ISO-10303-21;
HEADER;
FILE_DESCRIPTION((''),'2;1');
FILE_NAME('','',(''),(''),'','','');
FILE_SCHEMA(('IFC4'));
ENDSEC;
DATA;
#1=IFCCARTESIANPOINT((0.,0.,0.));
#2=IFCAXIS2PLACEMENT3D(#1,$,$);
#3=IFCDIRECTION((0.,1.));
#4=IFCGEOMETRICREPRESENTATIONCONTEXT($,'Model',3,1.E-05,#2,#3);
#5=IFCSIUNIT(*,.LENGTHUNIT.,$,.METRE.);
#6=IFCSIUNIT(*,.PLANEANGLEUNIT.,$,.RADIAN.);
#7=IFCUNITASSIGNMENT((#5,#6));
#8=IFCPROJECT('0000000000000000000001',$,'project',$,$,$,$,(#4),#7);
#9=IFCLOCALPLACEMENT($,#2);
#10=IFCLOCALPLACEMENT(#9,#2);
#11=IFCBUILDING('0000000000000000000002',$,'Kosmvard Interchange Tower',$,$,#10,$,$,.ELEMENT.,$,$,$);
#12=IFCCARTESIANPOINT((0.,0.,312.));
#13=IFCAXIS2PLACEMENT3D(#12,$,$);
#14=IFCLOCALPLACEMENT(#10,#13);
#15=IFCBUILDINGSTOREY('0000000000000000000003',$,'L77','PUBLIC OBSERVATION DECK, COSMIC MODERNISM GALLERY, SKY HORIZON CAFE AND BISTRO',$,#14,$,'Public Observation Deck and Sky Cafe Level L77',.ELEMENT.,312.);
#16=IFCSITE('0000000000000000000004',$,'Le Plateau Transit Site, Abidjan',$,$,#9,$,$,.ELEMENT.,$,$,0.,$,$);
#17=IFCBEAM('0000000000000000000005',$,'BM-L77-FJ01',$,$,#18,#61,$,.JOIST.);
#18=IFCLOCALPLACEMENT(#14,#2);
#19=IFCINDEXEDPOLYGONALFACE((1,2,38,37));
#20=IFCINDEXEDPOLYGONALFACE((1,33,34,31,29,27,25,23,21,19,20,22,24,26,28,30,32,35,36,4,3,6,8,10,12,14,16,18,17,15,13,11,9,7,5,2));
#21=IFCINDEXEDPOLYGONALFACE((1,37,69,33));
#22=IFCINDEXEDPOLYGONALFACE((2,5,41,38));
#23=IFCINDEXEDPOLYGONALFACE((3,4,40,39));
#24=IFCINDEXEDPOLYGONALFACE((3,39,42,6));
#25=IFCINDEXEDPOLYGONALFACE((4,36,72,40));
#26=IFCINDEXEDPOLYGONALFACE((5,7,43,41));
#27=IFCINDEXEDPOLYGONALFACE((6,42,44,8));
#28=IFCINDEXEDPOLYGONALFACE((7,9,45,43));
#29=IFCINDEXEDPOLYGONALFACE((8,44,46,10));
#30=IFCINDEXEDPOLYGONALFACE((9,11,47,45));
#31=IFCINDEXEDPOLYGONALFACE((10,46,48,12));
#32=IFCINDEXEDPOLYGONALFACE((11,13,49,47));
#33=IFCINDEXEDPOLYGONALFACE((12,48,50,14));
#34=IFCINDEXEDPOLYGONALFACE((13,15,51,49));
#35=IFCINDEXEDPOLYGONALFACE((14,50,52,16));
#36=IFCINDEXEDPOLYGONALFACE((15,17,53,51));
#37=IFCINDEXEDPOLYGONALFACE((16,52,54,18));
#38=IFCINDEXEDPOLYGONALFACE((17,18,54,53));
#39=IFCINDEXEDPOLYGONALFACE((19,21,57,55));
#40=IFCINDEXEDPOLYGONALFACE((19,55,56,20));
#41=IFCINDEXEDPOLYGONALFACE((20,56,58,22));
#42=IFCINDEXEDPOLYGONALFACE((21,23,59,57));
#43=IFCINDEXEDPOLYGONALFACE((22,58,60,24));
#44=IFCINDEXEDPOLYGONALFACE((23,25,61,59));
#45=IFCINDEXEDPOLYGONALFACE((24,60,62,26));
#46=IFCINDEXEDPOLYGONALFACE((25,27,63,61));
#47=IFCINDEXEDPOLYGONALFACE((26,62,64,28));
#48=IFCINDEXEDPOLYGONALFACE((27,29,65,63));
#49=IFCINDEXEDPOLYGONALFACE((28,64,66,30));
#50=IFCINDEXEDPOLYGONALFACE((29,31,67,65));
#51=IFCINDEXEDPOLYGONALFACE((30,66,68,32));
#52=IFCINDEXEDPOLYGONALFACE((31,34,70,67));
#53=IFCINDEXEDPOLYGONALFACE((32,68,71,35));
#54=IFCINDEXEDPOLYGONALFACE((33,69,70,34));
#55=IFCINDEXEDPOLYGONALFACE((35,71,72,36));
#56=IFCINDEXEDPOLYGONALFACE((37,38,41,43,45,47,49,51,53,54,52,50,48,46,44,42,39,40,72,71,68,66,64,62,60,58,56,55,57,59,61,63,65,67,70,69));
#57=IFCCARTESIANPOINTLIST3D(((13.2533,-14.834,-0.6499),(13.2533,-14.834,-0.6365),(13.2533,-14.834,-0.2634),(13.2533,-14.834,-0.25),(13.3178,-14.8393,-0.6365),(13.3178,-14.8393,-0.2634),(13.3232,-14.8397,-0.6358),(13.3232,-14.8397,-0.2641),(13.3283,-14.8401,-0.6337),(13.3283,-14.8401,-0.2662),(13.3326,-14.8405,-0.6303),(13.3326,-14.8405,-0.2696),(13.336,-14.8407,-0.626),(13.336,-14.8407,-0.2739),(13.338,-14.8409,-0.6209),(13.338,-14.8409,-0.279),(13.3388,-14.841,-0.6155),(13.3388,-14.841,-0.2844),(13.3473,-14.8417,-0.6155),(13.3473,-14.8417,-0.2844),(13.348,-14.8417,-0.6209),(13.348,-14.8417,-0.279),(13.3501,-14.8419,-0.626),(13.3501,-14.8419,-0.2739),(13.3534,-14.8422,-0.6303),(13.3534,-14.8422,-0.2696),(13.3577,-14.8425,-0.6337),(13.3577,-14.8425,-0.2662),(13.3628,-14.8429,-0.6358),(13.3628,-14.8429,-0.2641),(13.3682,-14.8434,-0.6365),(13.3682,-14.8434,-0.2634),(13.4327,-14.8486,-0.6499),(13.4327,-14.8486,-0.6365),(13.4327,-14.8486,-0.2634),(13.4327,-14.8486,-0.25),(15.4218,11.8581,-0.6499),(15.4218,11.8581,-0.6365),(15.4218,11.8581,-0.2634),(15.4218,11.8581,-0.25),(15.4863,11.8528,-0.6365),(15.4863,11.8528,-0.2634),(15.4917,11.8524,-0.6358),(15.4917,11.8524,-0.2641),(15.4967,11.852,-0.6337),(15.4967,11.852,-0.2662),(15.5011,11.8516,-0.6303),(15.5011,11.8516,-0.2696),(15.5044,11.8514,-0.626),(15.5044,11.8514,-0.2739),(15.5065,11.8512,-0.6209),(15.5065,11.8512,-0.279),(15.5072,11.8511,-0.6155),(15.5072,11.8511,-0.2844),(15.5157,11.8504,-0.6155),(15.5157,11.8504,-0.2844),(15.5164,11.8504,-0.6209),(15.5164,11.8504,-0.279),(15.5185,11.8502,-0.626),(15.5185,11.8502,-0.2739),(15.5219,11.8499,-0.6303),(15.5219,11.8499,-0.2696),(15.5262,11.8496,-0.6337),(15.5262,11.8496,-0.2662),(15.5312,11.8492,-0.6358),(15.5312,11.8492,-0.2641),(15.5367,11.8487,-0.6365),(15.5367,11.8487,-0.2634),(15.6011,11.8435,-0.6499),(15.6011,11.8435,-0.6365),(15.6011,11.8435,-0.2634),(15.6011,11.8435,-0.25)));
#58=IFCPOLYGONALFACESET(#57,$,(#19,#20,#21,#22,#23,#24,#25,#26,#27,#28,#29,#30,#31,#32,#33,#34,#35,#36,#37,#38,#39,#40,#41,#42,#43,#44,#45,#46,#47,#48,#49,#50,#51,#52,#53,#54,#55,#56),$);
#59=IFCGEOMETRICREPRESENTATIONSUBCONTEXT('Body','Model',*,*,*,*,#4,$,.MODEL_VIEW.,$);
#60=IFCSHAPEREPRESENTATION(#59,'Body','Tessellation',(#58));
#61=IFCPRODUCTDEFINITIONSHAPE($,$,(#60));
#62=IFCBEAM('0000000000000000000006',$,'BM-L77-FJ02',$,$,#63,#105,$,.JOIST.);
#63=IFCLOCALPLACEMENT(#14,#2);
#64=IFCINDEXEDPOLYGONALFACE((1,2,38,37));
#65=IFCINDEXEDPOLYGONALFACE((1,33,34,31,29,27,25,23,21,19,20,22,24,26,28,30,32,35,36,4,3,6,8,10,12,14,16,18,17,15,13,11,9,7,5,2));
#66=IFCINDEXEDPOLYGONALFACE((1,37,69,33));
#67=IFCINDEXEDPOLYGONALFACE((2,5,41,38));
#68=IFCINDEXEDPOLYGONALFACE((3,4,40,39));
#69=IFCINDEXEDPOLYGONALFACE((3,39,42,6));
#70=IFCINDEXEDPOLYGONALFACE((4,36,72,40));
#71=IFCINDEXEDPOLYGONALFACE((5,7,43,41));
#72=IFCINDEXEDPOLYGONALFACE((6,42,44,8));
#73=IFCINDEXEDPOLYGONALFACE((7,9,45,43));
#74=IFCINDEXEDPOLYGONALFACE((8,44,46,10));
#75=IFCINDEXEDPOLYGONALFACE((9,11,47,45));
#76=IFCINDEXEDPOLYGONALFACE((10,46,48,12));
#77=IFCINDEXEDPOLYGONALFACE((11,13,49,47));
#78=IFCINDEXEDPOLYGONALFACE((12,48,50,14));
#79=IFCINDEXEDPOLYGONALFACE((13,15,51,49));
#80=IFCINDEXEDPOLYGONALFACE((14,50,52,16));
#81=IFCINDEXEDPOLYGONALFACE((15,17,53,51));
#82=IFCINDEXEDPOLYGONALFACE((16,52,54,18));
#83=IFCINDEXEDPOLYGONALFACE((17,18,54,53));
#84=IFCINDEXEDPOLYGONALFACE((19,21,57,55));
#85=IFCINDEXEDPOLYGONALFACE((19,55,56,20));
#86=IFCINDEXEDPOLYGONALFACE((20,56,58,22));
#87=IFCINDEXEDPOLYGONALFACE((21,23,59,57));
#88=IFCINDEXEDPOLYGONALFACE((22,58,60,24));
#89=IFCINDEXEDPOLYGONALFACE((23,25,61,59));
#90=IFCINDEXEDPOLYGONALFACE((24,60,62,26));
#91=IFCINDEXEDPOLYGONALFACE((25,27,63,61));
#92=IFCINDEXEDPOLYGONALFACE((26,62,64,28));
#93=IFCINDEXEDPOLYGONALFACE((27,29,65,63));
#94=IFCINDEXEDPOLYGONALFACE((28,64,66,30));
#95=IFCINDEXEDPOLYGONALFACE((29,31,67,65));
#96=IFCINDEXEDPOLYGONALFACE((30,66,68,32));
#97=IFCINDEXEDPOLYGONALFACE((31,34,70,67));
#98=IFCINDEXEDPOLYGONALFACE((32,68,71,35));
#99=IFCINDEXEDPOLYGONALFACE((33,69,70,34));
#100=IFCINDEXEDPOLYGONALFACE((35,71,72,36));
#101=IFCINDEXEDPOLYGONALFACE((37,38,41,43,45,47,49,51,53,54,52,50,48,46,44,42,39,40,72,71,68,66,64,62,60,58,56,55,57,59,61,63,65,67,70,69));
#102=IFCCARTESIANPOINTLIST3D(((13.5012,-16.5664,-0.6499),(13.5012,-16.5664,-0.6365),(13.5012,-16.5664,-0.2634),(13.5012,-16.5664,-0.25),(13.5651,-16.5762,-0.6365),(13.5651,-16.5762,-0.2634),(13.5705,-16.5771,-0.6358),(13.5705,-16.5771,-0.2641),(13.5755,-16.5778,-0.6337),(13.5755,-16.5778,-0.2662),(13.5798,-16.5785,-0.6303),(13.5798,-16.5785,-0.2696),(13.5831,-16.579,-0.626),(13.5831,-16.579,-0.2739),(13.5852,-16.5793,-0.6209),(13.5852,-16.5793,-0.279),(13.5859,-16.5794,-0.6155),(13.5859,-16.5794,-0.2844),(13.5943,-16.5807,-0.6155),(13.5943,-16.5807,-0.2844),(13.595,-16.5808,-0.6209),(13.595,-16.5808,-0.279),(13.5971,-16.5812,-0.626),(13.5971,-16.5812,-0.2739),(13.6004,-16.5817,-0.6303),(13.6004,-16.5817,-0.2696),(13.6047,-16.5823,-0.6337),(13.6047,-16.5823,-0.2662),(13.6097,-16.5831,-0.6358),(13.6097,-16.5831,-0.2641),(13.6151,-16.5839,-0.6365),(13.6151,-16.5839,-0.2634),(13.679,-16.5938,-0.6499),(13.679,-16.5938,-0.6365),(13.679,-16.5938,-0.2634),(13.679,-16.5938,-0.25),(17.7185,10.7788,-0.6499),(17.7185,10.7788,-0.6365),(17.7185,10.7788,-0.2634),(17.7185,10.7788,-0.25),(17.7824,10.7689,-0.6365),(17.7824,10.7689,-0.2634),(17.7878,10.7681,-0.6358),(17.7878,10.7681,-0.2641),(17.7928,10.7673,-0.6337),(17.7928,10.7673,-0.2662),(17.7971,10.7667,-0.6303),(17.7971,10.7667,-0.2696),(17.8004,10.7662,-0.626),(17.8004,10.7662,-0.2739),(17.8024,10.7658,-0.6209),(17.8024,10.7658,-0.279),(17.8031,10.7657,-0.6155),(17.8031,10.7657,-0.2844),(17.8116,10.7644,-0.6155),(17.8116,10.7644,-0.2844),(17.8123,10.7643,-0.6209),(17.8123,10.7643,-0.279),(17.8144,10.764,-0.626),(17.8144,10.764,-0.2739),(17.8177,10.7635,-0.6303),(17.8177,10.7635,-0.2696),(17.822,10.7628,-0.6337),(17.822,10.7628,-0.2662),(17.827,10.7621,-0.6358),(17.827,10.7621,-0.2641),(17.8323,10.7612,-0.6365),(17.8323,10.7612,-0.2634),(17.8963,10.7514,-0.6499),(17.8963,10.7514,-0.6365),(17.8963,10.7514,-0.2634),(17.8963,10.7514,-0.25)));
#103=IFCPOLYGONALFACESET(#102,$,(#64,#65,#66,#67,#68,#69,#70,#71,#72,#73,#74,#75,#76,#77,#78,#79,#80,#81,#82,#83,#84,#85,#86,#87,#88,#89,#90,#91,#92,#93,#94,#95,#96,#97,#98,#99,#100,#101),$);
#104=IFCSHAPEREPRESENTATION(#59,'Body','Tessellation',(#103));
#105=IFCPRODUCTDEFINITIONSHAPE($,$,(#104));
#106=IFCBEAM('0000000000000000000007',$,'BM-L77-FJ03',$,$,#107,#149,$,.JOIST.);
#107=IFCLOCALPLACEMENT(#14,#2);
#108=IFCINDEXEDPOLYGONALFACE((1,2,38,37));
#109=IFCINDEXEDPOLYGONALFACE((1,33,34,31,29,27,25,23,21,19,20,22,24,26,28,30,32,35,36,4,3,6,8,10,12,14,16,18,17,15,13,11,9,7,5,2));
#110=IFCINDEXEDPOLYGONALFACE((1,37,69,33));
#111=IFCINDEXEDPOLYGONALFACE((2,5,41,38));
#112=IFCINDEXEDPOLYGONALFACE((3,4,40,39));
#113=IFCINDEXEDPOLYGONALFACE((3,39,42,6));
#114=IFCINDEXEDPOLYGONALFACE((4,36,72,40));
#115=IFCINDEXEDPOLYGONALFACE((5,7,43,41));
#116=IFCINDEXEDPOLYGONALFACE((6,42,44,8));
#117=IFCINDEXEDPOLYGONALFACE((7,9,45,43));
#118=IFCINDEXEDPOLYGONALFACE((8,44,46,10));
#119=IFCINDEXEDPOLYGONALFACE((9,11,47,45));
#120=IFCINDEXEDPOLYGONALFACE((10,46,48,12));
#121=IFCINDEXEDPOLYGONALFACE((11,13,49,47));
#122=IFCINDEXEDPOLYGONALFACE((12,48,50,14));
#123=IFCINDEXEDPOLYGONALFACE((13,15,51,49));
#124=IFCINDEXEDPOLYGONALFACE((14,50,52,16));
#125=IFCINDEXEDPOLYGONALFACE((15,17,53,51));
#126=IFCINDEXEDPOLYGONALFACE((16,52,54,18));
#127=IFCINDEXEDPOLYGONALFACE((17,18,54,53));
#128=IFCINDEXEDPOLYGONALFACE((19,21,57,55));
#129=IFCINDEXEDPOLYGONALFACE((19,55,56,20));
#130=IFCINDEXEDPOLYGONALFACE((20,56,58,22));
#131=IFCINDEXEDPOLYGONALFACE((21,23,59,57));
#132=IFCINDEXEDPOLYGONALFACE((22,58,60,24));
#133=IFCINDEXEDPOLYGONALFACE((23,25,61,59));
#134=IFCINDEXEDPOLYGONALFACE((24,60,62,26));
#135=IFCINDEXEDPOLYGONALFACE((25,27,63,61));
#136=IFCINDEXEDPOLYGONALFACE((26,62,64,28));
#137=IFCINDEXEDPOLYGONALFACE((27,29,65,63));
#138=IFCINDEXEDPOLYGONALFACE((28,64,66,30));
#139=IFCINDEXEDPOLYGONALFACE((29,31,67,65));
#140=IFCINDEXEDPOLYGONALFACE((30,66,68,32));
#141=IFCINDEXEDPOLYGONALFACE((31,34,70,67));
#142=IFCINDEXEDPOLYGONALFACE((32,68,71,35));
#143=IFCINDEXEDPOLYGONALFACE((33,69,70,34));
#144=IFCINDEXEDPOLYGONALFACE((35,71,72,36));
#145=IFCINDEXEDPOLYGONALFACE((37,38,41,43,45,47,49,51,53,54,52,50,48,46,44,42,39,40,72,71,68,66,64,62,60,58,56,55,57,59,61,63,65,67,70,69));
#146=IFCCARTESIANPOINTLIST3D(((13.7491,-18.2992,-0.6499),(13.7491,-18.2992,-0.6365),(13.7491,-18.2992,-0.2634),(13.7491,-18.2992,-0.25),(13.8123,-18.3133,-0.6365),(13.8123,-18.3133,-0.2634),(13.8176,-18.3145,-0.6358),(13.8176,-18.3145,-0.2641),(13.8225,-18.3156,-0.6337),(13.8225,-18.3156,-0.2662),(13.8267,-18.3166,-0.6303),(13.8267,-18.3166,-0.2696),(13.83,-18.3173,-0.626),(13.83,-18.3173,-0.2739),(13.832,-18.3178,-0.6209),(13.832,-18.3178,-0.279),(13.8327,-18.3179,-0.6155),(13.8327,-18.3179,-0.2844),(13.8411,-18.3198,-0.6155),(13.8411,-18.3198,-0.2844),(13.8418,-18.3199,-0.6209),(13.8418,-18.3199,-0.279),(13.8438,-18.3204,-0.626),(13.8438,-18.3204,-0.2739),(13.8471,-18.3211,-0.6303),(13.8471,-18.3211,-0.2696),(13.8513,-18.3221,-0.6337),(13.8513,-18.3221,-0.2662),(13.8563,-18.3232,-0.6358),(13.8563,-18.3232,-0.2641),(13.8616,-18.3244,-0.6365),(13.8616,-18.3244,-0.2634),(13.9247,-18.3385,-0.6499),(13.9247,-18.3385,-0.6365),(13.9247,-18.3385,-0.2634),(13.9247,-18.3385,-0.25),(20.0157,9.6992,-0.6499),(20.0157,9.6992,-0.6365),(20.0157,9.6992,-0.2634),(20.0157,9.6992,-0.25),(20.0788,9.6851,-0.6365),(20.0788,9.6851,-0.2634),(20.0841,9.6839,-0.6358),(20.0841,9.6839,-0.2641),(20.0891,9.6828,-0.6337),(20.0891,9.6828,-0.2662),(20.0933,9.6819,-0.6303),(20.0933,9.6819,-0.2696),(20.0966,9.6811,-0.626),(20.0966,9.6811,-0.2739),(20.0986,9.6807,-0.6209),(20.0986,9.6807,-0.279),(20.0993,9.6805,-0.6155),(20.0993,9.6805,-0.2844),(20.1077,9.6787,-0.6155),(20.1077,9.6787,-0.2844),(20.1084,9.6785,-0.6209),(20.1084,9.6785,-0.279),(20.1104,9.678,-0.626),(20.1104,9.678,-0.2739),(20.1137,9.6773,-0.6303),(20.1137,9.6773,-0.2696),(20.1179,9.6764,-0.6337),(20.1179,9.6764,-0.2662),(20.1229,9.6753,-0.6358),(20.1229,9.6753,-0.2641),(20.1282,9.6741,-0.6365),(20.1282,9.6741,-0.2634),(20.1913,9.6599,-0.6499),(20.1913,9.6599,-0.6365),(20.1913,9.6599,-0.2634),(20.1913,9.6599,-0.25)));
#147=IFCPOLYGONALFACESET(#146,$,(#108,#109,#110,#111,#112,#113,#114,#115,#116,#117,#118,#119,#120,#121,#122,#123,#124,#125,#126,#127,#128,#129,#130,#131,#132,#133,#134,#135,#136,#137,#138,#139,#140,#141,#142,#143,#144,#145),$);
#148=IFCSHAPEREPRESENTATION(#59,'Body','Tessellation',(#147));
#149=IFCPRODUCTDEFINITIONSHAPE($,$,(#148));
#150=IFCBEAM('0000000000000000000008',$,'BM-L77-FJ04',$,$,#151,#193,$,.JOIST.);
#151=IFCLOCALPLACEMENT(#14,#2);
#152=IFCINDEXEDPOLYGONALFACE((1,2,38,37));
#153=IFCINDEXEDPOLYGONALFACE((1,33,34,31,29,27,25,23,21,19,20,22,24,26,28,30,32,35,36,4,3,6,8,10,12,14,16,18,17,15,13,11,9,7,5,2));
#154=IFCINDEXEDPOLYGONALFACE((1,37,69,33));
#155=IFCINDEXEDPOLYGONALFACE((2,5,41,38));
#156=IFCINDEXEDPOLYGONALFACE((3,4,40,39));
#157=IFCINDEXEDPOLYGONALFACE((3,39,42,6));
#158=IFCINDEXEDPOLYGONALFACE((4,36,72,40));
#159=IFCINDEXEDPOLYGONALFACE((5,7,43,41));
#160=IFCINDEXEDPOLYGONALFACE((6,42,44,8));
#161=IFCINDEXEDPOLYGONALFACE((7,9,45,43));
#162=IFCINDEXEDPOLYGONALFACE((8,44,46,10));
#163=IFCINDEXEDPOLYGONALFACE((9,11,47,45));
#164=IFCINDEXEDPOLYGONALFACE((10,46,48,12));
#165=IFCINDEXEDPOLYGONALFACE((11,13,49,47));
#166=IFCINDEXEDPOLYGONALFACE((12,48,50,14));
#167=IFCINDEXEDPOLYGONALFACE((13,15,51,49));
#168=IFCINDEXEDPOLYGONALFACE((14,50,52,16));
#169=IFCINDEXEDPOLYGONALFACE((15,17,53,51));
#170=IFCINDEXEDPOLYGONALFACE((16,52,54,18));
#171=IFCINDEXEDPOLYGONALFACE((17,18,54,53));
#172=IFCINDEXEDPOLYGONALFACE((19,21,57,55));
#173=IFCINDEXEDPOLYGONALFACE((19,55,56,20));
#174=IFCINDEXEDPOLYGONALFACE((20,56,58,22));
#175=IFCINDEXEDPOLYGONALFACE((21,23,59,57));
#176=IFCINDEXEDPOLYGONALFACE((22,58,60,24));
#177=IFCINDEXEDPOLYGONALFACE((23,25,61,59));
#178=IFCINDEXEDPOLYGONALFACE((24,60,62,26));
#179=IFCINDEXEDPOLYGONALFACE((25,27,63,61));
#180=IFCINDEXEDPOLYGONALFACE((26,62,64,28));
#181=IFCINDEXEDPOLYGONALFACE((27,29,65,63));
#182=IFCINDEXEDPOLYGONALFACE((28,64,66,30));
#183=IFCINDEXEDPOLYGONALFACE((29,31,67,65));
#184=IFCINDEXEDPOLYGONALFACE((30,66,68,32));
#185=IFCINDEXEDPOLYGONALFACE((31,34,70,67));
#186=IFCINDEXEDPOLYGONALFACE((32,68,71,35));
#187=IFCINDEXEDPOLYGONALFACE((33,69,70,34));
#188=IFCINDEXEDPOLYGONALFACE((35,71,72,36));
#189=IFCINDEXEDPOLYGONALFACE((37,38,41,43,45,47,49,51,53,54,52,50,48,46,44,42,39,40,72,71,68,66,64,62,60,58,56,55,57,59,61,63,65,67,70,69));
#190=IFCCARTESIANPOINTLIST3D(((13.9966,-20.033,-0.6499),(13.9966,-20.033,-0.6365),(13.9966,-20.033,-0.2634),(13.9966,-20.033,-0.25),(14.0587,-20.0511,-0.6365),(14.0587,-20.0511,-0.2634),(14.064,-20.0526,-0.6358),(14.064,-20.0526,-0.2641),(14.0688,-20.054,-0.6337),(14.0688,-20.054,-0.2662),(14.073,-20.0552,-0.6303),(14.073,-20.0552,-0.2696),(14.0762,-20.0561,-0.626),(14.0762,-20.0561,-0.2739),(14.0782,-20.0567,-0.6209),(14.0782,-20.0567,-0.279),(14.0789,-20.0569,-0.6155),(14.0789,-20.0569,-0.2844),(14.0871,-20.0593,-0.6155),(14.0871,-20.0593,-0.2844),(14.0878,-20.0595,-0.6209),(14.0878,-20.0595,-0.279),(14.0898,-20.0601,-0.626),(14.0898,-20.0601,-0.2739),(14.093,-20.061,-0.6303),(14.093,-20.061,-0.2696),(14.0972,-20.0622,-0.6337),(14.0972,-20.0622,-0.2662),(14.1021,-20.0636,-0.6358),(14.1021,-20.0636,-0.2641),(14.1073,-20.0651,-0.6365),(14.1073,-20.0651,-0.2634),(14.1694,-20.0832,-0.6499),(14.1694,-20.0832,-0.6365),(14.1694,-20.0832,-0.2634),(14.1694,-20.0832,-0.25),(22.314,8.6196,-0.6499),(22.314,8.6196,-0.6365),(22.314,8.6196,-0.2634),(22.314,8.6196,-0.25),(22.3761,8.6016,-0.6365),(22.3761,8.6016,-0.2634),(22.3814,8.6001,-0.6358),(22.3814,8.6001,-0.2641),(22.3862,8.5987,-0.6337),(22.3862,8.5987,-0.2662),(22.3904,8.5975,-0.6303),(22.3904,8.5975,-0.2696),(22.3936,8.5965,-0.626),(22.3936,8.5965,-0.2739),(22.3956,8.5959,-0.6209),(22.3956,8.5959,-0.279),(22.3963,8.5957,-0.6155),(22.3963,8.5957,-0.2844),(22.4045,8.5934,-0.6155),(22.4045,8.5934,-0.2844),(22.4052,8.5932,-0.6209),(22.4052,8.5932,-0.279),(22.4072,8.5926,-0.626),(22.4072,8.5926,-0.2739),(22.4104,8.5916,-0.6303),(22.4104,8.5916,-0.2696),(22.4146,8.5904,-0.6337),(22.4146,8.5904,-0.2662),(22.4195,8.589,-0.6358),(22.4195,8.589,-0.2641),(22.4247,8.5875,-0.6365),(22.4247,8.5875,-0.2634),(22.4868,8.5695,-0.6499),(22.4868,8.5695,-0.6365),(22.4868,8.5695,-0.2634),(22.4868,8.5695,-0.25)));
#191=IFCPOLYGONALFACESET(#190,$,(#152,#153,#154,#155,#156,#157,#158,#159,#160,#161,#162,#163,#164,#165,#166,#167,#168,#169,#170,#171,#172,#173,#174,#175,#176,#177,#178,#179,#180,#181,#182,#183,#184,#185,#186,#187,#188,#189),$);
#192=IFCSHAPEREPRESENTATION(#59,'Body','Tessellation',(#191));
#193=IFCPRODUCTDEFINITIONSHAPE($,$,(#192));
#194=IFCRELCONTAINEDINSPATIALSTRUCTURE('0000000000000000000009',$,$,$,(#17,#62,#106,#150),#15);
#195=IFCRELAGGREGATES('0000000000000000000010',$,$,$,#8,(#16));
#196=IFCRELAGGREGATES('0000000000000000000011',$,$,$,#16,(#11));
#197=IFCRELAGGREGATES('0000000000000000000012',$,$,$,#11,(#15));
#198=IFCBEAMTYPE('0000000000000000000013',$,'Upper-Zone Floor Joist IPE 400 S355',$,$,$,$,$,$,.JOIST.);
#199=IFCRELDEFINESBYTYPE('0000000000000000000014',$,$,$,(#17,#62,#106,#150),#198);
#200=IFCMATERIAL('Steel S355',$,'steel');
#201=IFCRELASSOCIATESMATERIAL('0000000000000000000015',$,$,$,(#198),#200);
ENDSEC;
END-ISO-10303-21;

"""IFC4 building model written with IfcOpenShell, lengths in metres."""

from ifc_helpers import new_model, si_unit, direction, frame, origin, origin_2d, place, context, subcontext, project, spatial, i_section, extrude, source, transform, mapped, material, material_profile, profile_set, type_object, element, save


model = new_model("IFC4")

# Units and contexts
model_context = context("Model", 3, precision=1e-05, world=origin(), true_north=direction((0.0, 1.0)))
body_context = subcontext(model_context, "Body", "Model", "MODEL_VIEW")
ifc_project = project(units=[si_unit("LENGTHUNIT", "METRE"), si_unit("PLANEANGLEUNIT", "RADIAN")], contexts=[model_context])

# Site, building, storey
site_placement = place(None, origin())
site = spatial("IfcSite", under=ifc_project, at=site_placement, Name="Le Plateau Transit Site, Abidjan", CompositionType="ELEMENT", RefElevation=0.0)
building_placement = place(site_placement, origin())
building = spatial("IfcBuilding", under=site, at=building_placement, Name="Kosmvard Interchange Tower", CompositionType="ELEMENT")
storey_placement = place(building_placement, frame((0.0, 0.0, 312.0)))
storey = spatial("IfcBuildingStorey", under=building, at=storey_placement, Name="L77", Description="PUBLIC OBSERVATION DECK, COSMIC MODERNISM GALLERY, SKY HORIZON CAFE AND BISTRO", LongName="Public Observation Deck and Sky Cafe Level L77", CompositionType="ELEMENT", Elevation=312.0)

# Beams
ifc_material_1 = material(Name="Steel S355", Category="steel")
ifc_material_profile_1 = material_profile(ifc_material_1, i_section(OverallWidth=0.1799, OverallDepth=0.3999, WebThickness=0.0085, FlangeThickness=0.0134, FilletRadius=0.021, at=origin_2d()), Name="IPE 400")
ifc_profile_set_1 = profile_set([ifc_material_profile_1], Name="Steel S355")
beam_type_1 = type_object("IfcBeamType", Name="Upper-Zone Floor Joist IPE 400 S355", PredefinedType="JOIST", material=ifc_profile_set_1)
shared_shape_1 = source(origin(), body_context, "Body", "SweptSolid", [
    extrude(i_section(OverallWidth=0.1799, OverallDepth=0.3999, WebThickness=0.0085, FlangeThickness=0.0134, FilletRadius=0.021, at=origin_2d()), origin(), (0.0, 0.0, 1.0), 26.78),
])
beam_1_placement = place(storey_placement, frame((13.343, -14.8413, -0.45), z_axis=(0.080973, 0.996716, 0.0), x_axis=(-0.996716, 0.080973, 0.0)))
element("IfcBeam", 1, at=beam_1_placement, inside=storey, type_object=beam_type_1, Name="BM-L77-FJ01", PredefinedType="JOIST", context=body_context, shape_type="MappedRepresentation", body=[
    mapped(shared_shape_1, transform((0.0, 0.0, 0.0), scale=1.0)),
])
shared_shape_2 = source(origin(), body_context, "Body", "SweptSolid", [
    extrude(i_section(OverallWidth=0.1799, OverallDepth=0.3999, WebThickness=0.0085, FlangeThickness=0.0134, FilletRadius=0.021, at=origin_2d()), origin(), (0.0, 0.0, 1.0), 27.6685),
])
beam_2_placement = place(storey_placement, frame((13.5901, -16.5801, -0.45), z_axis=(0.152422, 0.988316, 0.0), x_axis=(-0.988316, 0.152422, 0.0)))
element("IfcBeam", 2, at=beam_2_placement, inside=storey, type_object=beam_type_1, Name="BM-L77-FJ02", PredefinedType="JOIST", context=body_context, shape_type="MappedRepresentation", body=[
    mapped(shared_shape_2, transform((0.0, 0.0, 0.0), scale=1.0)),
])
shared_shape_3 = source(origin(), body_context, "Body", "SweptSolid", [
    extrude(i_section(OverallWidth=0.1799, OverallDepth=0.3999, WebThickness=0.0085, FlangeThickness=0.0134, FilletRadius=0.021, at=origin_2d()), origin(), (0.0, 0.0, 1.0), 28.6912),
])
beam_3_placement = place(storey_placement, frame((13.8369, -18.3188, -0.45), z_axis=(0.218415, 0.975856, 0.0), x_axis=(-0.975856, 0.218415, 0.0)))
element("IfcBeam", 3, at=beam_3_placement, inside=storey, type_object=beam_type_1, Name="BM-L77-FJ03", PredefinedType="JOIST", context=body_context, shape_type="MappedRepresentation", body=[
    mapped(shared_shape_3, transform((0.0, 0.0, 0.0), scale=1.0)),
])
shared_shape_4 = source(origin(), body_context, "Body", "SweptSolid", [
    extrude(i_section(OverallWidth=0.1799, OverallDepth=0.3999, WebThickness=0.0085, FlangeThickness=0.0134, FilletRadius=0.021, at=origin_2d()), origin(), (0.0, 0.0, 1.0), 29.8354),
])
beam_4_placement = place(storey_placement, frame((14.083, -20.0581, -0.45), z_axis=(0.278776, 0.960356, 0.0), x_axis=(-0.960356, 0.278776, 0.0)))
element("IfcBeam", 4, at=beam_4_placement, inside=storey, type_object=beam_type_1, Name="BM-L77-FJ04", PredefinedType="JOIST", context=body_context, shape_type="MappedRepresentation", body=[
    mapped(shared_shape_4, transform((0.0, 0.0, 0.0), scale=1.0)),
])

save(model, "model.ifc")
